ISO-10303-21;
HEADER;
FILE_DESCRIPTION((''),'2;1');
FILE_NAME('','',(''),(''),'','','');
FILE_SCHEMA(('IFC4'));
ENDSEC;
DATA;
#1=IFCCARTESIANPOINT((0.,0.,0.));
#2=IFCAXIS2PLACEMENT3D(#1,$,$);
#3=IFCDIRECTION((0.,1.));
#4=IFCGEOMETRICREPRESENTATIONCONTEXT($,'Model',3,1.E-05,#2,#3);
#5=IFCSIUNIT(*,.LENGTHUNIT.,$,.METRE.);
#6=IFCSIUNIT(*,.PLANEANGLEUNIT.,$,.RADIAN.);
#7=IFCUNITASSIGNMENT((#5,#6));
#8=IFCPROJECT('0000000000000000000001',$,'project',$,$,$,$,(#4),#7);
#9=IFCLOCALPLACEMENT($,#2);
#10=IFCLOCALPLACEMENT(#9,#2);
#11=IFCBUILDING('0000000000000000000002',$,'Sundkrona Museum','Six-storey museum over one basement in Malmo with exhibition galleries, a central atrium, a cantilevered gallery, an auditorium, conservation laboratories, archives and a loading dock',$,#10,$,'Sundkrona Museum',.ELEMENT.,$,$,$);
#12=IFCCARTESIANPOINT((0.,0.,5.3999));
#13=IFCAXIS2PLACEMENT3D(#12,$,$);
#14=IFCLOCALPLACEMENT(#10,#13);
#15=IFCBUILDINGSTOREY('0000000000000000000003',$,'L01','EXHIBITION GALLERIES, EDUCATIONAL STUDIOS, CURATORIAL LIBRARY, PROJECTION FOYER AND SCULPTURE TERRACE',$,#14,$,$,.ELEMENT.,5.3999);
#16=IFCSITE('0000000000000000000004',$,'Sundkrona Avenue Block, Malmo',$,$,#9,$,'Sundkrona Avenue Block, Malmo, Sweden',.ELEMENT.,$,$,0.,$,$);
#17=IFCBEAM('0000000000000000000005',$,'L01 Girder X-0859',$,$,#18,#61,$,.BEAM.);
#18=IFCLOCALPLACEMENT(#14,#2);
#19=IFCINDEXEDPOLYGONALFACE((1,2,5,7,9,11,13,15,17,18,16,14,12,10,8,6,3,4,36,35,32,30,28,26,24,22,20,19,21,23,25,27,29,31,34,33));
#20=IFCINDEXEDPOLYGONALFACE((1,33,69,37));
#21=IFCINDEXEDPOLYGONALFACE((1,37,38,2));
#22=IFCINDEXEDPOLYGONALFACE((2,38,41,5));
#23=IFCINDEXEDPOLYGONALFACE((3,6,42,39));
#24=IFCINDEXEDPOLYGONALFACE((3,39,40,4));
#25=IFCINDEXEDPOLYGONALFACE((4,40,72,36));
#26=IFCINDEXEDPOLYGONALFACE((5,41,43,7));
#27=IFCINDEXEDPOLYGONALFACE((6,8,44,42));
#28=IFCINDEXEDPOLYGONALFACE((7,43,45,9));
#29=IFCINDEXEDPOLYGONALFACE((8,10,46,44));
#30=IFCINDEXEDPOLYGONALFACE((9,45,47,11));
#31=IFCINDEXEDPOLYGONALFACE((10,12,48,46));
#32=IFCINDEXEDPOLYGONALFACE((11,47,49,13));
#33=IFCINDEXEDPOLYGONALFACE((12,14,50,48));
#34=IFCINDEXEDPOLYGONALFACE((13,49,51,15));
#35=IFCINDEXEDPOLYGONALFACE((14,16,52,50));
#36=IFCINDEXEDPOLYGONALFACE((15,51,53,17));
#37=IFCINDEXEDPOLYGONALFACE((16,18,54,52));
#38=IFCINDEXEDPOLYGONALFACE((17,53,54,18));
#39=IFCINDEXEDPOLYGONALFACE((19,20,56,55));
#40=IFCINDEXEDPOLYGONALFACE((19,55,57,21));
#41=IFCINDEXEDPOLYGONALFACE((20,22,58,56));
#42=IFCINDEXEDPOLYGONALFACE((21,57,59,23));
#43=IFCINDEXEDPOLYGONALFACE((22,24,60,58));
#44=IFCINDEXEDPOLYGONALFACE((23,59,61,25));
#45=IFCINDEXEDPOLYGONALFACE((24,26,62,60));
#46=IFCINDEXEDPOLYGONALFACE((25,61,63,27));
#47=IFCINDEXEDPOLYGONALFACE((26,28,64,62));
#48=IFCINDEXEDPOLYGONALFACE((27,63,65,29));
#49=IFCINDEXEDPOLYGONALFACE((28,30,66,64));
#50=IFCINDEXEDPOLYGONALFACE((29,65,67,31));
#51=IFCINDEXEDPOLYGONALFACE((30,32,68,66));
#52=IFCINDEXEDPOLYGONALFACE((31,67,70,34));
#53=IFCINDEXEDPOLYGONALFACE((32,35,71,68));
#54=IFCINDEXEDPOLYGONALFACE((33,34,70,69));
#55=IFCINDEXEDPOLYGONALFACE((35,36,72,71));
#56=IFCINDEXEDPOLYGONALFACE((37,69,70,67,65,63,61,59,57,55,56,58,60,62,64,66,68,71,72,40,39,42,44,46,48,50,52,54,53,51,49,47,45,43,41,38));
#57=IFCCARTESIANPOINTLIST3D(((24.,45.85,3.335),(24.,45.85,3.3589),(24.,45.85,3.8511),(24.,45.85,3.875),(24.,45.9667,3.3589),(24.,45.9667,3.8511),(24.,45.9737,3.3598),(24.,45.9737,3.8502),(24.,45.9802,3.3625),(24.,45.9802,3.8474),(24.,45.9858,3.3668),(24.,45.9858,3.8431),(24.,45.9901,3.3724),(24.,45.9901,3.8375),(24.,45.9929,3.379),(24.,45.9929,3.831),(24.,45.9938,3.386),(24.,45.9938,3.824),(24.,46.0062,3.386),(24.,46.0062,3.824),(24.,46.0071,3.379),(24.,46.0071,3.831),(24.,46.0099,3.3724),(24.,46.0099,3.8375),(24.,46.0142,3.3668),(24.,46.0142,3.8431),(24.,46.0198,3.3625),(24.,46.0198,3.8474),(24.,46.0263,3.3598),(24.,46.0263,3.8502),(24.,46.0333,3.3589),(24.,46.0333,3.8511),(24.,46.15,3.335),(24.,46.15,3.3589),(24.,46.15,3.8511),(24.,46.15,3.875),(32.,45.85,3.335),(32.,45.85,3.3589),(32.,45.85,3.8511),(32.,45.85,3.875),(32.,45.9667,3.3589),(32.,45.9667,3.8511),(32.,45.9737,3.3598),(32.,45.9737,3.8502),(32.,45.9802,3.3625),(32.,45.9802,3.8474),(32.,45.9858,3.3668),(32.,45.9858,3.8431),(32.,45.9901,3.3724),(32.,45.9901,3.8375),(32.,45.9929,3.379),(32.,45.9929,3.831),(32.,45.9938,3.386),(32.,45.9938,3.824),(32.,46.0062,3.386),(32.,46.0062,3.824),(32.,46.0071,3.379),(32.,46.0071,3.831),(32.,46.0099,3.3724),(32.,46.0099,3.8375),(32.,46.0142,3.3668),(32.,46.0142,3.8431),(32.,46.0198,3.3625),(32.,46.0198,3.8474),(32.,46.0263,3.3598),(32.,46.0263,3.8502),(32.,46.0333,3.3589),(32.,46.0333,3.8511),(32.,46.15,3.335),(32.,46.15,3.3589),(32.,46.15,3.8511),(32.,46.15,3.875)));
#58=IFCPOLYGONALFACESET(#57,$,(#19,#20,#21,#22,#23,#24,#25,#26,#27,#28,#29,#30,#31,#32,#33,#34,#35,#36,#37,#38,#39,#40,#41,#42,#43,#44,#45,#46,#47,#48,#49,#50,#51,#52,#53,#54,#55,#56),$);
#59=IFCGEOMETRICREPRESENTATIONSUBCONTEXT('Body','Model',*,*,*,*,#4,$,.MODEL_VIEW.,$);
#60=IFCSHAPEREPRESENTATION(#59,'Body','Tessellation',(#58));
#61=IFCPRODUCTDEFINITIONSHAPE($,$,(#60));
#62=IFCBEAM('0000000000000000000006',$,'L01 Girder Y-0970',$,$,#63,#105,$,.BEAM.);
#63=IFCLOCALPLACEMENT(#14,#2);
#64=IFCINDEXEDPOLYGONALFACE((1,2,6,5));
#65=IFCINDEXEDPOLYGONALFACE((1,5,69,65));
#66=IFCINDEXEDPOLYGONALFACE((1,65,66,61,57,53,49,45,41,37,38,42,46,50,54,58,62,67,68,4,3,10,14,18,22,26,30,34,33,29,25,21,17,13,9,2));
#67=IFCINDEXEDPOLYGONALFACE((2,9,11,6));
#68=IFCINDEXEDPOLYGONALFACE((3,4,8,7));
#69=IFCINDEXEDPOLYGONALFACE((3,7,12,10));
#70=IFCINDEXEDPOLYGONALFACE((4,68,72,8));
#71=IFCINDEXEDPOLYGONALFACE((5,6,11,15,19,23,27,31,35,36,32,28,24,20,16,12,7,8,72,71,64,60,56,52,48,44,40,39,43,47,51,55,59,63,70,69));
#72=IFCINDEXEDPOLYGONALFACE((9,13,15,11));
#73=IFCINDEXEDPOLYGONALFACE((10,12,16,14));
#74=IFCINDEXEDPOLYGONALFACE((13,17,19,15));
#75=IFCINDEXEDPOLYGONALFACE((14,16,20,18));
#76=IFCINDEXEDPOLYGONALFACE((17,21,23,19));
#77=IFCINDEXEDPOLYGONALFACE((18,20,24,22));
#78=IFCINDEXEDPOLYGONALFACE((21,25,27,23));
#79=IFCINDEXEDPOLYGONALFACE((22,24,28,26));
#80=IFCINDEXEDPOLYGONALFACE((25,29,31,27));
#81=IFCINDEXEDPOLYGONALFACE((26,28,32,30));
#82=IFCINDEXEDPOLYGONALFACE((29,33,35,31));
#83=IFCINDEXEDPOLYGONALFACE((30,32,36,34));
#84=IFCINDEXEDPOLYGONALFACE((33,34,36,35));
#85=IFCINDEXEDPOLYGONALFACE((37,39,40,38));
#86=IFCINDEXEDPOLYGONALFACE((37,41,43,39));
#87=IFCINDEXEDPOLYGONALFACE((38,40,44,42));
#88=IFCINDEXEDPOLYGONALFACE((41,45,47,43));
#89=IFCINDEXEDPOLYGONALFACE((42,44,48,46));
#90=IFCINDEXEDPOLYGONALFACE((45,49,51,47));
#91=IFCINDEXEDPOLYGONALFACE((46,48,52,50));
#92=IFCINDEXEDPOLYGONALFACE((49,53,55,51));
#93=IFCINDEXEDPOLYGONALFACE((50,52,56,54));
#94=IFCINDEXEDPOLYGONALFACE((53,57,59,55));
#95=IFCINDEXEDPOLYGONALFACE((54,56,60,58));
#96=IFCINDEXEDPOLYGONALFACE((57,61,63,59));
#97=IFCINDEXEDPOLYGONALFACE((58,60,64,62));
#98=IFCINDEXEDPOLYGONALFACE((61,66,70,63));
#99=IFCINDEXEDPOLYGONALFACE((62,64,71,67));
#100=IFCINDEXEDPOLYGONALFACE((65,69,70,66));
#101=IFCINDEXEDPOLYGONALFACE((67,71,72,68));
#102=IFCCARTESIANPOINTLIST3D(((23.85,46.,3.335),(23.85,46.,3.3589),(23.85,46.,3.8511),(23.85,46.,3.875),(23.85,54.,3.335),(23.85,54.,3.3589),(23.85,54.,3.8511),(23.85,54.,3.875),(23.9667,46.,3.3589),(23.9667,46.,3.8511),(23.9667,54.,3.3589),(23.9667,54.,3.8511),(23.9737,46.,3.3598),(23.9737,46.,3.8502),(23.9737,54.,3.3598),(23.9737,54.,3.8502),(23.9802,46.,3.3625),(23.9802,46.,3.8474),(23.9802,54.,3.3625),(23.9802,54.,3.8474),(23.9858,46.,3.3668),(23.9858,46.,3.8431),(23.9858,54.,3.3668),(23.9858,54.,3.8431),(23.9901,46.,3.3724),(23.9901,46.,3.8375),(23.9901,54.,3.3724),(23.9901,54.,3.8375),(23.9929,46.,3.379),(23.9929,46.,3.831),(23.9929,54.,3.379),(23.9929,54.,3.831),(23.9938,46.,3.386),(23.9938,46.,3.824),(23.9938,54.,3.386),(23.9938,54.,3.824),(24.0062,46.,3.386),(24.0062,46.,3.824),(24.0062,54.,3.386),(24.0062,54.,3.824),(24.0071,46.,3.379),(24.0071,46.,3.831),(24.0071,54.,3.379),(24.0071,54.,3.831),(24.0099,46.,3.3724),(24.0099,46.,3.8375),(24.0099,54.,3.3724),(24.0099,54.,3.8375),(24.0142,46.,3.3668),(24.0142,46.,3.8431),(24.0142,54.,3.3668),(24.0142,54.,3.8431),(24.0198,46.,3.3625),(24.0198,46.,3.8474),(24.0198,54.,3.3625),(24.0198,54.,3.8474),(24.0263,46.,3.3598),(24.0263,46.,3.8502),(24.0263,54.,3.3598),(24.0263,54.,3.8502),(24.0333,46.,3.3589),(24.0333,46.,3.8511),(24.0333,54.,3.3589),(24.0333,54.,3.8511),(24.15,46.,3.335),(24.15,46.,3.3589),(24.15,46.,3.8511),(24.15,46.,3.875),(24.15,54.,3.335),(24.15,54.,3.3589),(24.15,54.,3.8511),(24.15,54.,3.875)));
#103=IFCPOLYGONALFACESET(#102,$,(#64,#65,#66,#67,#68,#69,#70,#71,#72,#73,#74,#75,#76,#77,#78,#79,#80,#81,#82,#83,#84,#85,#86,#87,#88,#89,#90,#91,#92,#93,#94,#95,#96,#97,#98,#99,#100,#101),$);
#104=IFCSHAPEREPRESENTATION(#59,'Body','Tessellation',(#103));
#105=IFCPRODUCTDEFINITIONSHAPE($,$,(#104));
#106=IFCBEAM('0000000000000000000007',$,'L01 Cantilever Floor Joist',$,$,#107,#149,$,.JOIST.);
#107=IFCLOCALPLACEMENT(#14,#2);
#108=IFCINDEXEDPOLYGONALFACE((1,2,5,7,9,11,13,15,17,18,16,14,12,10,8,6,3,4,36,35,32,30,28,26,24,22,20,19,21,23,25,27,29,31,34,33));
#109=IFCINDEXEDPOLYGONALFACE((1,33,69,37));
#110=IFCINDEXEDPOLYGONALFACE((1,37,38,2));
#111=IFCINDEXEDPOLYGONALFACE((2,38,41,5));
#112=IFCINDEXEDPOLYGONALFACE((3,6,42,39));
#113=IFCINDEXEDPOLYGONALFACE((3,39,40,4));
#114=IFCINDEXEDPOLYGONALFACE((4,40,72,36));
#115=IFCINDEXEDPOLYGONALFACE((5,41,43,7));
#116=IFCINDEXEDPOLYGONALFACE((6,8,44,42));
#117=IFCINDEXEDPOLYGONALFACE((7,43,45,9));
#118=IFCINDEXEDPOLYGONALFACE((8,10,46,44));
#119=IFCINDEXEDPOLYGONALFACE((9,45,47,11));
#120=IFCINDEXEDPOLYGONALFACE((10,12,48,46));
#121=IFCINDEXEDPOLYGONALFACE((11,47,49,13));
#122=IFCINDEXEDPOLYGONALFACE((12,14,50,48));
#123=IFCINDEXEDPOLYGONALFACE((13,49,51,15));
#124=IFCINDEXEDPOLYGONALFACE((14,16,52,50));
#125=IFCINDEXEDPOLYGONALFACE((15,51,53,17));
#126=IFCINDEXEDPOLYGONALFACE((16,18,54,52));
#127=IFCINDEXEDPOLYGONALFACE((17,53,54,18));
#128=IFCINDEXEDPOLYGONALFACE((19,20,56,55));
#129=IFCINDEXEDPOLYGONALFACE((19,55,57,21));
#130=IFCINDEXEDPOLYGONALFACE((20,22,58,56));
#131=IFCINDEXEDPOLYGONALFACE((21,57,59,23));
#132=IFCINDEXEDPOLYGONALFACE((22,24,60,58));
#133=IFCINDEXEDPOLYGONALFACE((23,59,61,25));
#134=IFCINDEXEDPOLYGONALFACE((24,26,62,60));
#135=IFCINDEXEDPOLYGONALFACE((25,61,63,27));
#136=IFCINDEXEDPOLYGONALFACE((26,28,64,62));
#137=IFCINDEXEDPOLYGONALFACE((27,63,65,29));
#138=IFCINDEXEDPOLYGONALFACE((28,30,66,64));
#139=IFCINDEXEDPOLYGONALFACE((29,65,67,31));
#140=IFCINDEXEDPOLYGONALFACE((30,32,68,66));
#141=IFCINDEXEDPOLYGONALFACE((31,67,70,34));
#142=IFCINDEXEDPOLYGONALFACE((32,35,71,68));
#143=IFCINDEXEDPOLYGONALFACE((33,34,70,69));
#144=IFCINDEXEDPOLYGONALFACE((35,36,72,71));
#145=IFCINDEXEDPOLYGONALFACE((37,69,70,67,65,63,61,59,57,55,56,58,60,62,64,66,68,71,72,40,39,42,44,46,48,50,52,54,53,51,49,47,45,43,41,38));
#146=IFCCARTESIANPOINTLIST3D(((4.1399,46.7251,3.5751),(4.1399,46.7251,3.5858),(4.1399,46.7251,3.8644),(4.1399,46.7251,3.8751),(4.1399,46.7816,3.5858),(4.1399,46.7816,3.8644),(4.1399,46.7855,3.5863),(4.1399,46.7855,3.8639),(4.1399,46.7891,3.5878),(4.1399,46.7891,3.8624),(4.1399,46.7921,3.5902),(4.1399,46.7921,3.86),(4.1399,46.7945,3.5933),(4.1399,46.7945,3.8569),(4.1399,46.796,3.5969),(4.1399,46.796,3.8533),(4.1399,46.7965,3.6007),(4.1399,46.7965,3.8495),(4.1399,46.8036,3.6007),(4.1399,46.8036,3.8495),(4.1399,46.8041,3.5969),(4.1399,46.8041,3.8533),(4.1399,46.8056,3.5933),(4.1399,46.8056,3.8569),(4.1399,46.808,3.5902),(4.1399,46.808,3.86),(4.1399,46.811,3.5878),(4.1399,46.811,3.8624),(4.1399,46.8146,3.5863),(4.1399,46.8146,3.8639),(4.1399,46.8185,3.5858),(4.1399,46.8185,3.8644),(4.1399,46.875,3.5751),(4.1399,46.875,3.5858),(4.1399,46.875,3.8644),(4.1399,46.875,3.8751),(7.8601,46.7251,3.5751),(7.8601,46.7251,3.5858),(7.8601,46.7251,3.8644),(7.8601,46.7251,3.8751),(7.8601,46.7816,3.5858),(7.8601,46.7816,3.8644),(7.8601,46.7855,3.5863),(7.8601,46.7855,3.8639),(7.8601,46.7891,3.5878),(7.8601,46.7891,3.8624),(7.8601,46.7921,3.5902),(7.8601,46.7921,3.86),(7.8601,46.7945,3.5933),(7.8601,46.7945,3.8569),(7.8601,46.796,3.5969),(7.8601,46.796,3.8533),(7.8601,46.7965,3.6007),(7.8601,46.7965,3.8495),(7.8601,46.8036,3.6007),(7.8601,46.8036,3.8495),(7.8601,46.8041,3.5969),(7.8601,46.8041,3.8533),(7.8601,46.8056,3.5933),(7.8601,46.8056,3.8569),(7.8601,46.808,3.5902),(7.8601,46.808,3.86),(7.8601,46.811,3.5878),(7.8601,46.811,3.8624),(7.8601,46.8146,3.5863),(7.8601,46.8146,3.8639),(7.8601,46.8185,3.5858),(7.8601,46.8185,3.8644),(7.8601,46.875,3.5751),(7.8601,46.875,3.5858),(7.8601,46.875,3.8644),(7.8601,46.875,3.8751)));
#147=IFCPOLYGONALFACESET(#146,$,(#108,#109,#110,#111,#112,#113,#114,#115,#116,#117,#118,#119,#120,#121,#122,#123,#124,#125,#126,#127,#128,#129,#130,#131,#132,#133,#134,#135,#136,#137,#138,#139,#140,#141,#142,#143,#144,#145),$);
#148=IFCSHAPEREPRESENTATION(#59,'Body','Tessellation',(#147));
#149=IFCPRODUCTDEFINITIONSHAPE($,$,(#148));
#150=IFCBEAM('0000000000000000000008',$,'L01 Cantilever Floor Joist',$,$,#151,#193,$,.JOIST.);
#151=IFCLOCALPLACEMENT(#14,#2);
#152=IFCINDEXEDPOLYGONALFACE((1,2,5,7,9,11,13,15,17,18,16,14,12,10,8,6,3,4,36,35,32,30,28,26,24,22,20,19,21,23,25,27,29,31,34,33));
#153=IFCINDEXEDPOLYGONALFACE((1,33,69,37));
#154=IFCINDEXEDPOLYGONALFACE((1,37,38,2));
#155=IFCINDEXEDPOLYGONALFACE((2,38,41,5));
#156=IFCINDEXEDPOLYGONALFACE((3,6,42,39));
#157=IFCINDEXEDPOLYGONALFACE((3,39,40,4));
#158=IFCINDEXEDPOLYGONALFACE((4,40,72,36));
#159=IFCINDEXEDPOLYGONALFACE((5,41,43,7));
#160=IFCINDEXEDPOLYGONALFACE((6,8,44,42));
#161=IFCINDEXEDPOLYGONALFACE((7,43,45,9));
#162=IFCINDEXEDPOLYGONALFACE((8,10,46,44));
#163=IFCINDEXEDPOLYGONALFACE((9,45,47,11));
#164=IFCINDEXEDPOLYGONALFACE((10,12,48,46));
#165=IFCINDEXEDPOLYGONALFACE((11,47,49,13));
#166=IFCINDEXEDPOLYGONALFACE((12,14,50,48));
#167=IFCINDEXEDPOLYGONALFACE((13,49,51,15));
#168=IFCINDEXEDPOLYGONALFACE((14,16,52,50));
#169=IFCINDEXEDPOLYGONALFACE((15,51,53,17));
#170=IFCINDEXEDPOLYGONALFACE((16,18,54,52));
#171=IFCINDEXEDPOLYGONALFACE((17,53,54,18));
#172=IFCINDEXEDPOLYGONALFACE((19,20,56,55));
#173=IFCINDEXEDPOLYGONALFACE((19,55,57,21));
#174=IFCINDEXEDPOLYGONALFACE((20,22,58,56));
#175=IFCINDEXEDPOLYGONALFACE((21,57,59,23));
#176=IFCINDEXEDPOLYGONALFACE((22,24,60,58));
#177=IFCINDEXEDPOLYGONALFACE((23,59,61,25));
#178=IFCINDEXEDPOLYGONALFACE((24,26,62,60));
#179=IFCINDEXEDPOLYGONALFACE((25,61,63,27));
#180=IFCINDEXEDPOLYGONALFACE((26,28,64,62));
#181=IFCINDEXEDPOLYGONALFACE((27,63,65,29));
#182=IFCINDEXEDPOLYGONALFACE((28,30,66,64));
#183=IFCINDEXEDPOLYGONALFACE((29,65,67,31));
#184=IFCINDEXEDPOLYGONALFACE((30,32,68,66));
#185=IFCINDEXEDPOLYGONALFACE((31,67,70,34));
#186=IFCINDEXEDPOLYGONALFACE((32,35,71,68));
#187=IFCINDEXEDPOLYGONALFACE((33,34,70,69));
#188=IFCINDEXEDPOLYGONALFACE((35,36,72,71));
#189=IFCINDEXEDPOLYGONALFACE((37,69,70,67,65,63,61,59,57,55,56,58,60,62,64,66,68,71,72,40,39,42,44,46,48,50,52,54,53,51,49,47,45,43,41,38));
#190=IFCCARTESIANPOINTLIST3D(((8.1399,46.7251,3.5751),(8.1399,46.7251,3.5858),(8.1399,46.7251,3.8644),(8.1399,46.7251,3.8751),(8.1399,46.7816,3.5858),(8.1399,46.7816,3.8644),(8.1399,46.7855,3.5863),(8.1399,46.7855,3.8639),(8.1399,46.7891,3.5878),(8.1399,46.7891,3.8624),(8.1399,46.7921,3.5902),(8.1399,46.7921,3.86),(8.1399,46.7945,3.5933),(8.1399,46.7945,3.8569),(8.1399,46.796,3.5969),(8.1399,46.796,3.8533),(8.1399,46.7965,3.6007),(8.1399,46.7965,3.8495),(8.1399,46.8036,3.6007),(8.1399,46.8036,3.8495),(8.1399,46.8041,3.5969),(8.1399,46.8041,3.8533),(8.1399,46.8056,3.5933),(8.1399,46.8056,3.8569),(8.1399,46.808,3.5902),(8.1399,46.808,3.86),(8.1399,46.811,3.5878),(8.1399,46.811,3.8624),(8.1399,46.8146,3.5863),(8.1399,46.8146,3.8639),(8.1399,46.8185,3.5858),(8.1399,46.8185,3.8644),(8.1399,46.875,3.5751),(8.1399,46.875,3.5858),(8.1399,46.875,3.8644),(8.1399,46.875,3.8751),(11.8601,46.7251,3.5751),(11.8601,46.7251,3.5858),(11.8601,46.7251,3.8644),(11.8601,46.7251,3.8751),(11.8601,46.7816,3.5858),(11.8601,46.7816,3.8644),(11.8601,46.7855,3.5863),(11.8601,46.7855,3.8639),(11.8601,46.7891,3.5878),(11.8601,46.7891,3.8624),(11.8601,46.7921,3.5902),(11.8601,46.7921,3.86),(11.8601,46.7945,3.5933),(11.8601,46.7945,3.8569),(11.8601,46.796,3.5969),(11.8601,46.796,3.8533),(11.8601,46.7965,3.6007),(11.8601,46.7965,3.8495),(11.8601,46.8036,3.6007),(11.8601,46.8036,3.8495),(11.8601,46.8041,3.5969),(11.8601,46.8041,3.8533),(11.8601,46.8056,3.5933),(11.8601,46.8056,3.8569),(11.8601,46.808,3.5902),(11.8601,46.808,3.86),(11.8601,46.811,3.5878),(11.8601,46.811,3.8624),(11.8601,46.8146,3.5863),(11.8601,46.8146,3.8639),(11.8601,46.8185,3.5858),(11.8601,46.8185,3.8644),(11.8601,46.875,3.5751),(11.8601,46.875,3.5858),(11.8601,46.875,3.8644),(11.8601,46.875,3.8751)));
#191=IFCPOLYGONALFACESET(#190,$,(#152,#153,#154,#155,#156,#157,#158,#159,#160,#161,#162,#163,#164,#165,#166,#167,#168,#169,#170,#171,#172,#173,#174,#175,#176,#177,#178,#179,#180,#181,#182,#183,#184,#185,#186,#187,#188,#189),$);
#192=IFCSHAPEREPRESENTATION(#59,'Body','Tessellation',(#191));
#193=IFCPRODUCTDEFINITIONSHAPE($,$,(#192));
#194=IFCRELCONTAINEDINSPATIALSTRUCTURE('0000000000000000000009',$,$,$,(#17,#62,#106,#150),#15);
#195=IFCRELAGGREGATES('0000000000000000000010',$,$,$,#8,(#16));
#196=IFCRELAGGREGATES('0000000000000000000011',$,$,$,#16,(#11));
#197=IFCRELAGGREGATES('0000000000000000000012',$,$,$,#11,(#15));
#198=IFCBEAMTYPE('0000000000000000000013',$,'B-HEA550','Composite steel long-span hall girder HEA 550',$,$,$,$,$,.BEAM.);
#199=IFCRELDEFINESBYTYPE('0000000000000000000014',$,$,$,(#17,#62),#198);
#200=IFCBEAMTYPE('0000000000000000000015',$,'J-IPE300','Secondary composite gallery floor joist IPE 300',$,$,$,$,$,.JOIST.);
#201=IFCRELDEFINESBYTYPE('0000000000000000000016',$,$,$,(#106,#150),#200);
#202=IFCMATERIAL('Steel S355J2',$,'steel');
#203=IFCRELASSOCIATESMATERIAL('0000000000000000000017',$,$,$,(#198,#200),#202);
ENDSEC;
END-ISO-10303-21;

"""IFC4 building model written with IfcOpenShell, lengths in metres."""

from ifc_helpers import new_model, si_unit, direction, frame, origin, origin_2d, place, context, subcontext, project, spatial, i_section, extrude, material, material_profile, profile_set, type_object, element, save


model = new_model("IFC4")

# Units and contexts
model_context = context("Model", 3, precision=1e-05, world=origin(), true_north=direction((0.0, 1.0)))
body_context = subcontext(model_context, "Body", "Model", "MODEL_VIEW")
ifc_project = project(units=[si_unit("LENGTHUNIT", "METRE"), si_unit("PLANEANGLEUNIT", "RADIAN")], contexts=[model_context])

# Site, building, storey
site_placement = place(None, origin())
site = spatial("IfcSite", under=ifc_project, at=site_placement, Name="Sundkrona Avenue Block, Malmo", LongName="Sundkrona Avenue Block, Malmo, Sweden", CompositionType="ELEMENT", RefElevation=0.0)
building_placement = place(site_placement, origin())
building = spatial("IfcBuilding", under=site, at=building_placement, Name="Sundkrona Museum", Description="Six-storey museum over one basement in Malmo with exhibition galleries, a central atrium, a cantilevered gallery, an auditorium, conservation laboratories, archives and a loading dock", LongName="Sundkrona Museum", CompositionType="ELEMENT")
storey_placement = place(building_placement, frame((0.0, 0.0, 5.3999)))
storey = spatial("IfcBuildingStorey", under=building, at=storey_placement, Name="L01", Description="EXHIBITION GALLERIES, EDUCATIONAL STUDIOS, CURATORIAL LIBRARY, PROJECTION FOYER AND SCULPTURE TERRACE", CompositionType="ELEMENT", Elevation=5.3999)

# Shared definitions
ifc_material_1 = material(Name="Steel S355J2", Category="steel")

# Beams
ifc_material_profile_1 = material_profile(ifc_material_1, i_section(OverallWidth=0.3, OverallDepth=0.54, WebThickness=0.0125, FlangeThickness=0.0239, FilletRadius=0.0271, at=origin_2d()), Name="HEA 550")
ifc_profile_set_1 = profile_set([ifc_material_profile_1], Name="Steel S355J2")
beam_type_1 = type_object("IfcBeamType", Name="B-HEA550", Description="Composite steel long-span hall girder HEA 550", PredefinedType="BEAM", material=ifc_profile_set_1)
for number, where, z_axis, x_axis, name in (
    (1, (24.0, 46.0, 3.605), (1.0, 0.0, 0.0), (0.0, 1.0, 0.0), "L01 Girder X-0859"),
    (2, (24.0, 46.0, 3.605), (0.0, 1.0, 0.0), (-1.0, 0.0, 0.0), "L01 Girder Y-0970"),
):
    element("IfcBeam", number, at=place(storey_placement, frame(where, z_axis=z_axis, x_axis=x_axis)), inside=storey, type_object=beam_type_1, Name=name, PredefinedType="BEAM", context=body_context, shape_type="SweptSolid", body=[
        extrude(i_section(OverallWidth=0.3, OverallDepth=0.54, WebThickness=0.0125, FlangeThickness=0.0239, FilletRadius=0.0271, at=origin_2d()), origin(), (0.0, 0.0, 1.0), 8.0),
    ])
ifc_material_profile_2 = material_profile(ifc_material_1, i_section(OverallWidth=0.1499, OverallDepth=0.3, WebThickness=0.0071, FlangeThickness=0.0107, FilletRadius=0.0149, at=origin_2d()), Name="IPE 300")
ifc_profile_set_2 = profile_set([ifc_material_profile_2], Name="Steel S355J2")
beam_type_2 = type_object("IfcBeamType", Name="J-IPE300", Description="Secondary composite gallery floor joist IPE 300", PredefinedType="JOIST", material=ifc_profile_set_2)
for number, where, z_axis, x_axis, name in (
    (3, (4.1399, 46.8, 3.7251), (1.0, 0.0, 0.0), (0.0, 1.0, 0.0), "L01 Cantilever Floor Joist"),
    (4, (8.1399, 46.8, 3.7251), (1.0, 0.0, 0.0), (0.0, 1.0, 0.0), "L01 Cantilever Floor Joist"),
):
    element("IfcBeam", number, at=place(storey_placement, frame(where, z_axis=z_axis, x_axis=x_axis)), inside=storey, type_object=beam_type_2, Name=name, PredefinedType="JOIST", context=body_context, shape_type="SweptSolid", body=[
        extrude(i_section(OverallWidth=0.1499, OverallDepth=0.3, WebThickness=0.0071, FlangeThickness=0.0107, FilletRadius=0.0149, at=origin_2d()), origin(), (0.0, 0.0, 1.0), 3.7202),
    ])

save(model, "model.ifc")
